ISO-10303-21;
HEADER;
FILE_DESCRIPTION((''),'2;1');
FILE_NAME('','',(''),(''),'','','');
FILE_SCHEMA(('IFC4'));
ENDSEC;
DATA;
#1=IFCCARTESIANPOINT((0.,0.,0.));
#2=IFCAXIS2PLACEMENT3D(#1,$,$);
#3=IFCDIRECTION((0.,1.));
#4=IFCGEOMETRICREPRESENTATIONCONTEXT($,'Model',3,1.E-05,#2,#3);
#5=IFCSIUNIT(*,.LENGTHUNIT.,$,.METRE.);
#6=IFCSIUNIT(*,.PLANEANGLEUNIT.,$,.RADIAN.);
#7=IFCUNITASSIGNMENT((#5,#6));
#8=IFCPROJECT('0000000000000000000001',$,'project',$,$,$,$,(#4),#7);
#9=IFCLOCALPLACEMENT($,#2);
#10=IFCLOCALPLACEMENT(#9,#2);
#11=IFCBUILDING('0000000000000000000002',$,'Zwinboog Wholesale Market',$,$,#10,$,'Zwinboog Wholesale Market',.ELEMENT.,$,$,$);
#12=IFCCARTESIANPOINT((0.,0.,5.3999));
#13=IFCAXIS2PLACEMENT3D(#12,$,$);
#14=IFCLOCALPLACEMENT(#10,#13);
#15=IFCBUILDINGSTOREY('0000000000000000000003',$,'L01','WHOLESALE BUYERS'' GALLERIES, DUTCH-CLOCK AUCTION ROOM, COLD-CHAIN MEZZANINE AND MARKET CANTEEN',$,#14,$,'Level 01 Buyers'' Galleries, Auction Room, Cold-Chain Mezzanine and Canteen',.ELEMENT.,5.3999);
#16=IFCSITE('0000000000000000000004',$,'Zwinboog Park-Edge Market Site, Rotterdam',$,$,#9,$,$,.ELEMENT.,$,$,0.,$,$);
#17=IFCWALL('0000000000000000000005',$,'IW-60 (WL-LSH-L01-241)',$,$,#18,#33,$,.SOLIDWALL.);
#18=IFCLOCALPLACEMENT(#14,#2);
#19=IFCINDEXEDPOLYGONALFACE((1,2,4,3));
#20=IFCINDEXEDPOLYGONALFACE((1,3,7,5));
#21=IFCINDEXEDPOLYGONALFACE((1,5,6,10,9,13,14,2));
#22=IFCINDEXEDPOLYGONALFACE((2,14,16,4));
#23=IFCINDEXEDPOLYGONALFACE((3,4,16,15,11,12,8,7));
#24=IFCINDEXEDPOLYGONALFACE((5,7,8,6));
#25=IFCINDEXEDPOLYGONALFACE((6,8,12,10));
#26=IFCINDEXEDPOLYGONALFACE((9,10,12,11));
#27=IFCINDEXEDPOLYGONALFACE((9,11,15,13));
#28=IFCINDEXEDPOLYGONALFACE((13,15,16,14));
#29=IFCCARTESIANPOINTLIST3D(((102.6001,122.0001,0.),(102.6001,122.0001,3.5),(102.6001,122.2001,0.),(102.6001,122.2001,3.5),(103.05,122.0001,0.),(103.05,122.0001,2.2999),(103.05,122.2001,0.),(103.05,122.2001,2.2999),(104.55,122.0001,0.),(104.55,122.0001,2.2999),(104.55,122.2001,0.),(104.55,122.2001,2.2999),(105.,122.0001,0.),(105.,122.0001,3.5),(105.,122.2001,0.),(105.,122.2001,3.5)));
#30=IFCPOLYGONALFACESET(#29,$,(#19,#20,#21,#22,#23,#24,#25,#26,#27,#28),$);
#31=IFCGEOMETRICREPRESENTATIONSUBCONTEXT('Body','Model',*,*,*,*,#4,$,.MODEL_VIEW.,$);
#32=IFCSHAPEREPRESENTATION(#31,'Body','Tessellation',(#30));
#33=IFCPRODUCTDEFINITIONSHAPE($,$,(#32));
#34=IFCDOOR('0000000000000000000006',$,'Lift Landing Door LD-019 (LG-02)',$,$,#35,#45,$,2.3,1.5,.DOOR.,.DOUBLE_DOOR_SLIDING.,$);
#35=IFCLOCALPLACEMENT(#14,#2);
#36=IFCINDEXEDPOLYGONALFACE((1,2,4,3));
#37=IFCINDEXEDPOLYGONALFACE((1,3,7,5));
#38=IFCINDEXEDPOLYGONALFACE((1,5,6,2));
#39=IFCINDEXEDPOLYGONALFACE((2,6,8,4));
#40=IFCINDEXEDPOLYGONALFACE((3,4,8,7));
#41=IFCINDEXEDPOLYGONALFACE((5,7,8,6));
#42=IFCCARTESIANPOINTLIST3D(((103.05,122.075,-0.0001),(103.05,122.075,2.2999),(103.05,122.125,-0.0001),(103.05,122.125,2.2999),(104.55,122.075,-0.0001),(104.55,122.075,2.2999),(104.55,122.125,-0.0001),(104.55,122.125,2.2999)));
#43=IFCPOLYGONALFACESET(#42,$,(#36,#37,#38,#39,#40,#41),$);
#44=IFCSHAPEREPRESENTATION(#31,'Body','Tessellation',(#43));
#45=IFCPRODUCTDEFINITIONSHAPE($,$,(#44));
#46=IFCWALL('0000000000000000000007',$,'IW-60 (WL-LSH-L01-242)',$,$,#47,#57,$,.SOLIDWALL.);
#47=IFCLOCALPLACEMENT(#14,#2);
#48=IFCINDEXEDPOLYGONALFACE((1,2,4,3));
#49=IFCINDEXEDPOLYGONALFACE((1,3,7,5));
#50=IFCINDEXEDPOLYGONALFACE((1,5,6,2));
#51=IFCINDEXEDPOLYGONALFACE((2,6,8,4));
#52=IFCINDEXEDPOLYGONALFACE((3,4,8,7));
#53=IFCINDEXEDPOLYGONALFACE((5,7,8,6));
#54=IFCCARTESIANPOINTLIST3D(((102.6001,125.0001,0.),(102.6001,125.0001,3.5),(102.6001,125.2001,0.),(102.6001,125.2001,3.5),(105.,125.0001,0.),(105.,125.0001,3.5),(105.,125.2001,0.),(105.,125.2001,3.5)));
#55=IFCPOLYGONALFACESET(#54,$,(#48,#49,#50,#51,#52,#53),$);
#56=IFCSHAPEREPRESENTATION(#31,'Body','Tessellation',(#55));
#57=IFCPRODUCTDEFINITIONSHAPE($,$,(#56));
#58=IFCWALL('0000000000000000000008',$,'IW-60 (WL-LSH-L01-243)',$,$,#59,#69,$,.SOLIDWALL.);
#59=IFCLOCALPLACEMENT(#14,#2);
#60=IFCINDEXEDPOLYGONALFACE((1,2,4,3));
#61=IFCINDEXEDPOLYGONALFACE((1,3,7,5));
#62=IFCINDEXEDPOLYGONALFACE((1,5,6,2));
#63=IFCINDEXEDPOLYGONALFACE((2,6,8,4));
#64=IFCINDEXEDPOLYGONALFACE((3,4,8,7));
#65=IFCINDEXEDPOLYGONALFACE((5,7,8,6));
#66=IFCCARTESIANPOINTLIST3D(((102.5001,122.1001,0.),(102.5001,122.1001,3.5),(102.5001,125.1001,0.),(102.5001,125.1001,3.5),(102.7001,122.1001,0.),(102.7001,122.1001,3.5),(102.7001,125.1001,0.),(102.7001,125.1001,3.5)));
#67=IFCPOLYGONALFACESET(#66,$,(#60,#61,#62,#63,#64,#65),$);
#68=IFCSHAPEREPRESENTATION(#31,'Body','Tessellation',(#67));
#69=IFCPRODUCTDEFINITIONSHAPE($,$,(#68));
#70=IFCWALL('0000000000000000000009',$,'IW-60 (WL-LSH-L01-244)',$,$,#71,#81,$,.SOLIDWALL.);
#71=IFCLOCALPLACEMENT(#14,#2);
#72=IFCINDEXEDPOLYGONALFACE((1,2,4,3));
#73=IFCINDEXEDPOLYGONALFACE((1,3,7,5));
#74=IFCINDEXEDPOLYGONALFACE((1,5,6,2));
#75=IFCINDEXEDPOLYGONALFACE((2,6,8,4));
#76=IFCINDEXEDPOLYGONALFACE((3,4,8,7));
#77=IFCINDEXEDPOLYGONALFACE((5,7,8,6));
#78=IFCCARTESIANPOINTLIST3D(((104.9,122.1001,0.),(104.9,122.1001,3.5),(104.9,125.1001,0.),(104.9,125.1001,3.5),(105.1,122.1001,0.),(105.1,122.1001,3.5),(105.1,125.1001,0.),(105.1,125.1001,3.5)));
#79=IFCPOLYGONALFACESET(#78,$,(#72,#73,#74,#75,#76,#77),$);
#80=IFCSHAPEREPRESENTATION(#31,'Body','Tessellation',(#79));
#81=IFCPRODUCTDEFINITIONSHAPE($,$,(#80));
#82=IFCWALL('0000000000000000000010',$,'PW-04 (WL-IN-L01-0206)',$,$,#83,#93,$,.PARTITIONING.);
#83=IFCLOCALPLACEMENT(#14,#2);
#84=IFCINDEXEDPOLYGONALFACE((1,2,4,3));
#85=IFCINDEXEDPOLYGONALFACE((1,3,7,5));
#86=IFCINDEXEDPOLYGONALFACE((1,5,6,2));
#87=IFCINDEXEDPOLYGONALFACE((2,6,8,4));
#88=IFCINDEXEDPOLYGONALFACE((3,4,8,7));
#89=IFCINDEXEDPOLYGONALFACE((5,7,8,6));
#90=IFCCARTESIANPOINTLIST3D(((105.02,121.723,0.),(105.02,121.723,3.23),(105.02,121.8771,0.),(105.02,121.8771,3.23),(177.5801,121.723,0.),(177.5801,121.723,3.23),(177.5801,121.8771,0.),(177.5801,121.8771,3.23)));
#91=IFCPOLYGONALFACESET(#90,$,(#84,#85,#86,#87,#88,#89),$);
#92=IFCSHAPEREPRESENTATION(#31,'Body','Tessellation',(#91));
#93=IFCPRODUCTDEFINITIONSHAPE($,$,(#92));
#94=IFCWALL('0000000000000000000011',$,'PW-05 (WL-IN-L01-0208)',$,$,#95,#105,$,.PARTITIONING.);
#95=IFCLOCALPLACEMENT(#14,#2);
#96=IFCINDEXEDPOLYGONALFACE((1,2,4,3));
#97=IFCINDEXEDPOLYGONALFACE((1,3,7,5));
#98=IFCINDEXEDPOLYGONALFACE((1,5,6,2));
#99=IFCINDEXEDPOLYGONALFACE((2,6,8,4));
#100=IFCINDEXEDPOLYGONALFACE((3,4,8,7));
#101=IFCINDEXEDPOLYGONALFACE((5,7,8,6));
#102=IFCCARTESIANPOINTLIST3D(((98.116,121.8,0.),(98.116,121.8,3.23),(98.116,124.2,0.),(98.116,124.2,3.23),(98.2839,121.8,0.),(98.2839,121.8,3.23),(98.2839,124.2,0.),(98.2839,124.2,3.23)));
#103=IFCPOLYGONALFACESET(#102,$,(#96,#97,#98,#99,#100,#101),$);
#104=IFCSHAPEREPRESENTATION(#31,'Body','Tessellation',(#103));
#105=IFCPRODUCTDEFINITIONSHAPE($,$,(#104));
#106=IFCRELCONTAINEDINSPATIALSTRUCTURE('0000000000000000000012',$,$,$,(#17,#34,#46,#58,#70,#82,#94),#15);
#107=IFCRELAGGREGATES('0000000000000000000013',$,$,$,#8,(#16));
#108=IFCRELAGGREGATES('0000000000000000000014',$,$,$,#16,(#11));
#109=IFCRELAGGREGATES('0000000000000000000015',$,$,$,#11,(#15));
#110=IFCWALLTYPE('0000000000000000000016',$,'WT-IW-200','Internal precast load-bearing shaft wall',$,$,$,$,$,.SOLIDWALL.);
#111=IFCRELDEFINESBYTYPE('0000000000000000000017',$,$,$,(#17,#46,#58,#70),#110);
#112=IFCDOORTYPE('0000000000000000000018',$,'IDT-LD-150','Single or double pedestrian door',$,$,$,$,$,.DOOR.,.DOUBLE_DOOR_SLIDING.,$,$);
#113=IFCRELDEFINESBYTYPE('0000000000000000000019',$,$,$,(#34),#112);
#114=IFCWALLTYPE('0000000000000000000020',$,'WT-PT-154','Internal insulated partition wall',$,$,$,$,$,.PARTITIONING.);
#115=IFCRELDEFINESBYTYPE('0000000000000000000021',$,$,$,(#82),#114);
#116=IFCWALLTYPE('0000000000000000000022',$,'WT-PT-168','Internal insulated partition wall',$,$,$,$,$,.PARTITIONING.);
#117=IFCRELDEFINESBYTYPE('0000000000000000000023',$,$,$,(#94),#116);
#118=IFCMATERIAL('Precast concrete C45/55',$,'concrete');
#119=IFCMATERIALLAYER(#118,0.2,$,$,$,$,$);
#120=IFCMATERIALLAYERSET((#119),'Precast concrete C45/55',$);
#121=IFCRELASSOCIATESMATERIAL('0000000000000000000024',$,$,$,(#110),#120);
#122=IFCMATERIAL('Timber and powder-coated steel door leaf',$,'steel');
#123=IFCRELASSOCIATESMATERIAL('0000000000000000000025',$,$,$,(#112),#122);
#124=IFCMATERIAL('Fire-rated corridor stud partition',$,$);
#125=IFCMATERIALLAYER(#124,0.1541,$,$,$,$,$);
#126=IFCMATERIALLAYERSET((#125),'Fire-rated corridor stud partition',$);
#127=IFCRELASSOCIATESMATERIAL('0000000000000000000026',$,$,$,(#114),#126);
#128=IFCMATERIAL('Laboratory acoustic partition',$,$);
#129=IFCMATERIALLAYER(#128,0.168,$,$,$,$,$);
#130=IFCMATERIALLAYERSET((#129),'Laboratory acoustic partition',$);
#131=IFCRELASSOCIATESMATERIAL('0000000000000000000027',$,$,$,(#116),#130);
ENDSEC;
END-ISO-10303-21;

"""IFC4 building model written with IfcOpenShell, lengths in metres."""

from ifc_helpers import new_model, si_unit, direction, frame, frame_2d, origin, place, context, subcontext, project, spatial, rectangle, extrude, material, layer, layer_set, type_object, element, fill, save


model = new_model("IFC4")

# Units and contexts
model_context = context("Model", 3, precision=1e-05, world=origin(), true_north=direction((0.0, 1.0)))
body_context = subcontext(model_context, "Body", "Model", "MODEL_VIEW")
ifc_project = project(units=[si_unit("LENGTHUNIT", "METRE"), si_unit("PLANEANGLEUNIT", "RADIAN")], contexts=[model_context])

# Site, building, storey
site_placement = place(None, origin())
site = spatial("IfcSite", under=ifc_project, at=site_placement, Name="Zwinboog Park-Edge Market Site, Rotterdam", CompositionType="ELEMENT", RefElevation=0.0)
building_placement = place(site_placement, origin())
building = spatial("IfcBuilding", under=site, at=building_placement, Name="Zwinboog Wholesale Market", LongName="Zwinboog Wholesale Market", CompositionType="ELEMENT")
storey_placement = place(building_placement, frame((0.0, 0.0, 5.3999)))
storey = spatial("IfcBuildingStorey", under=building, at=storey_placement, Name="L01", Description="WHOLESALE BUYERS' GALLERIES, DUTCH-CLOCK AUCTION ROOM, COLD-CHAIN MEZZANINE AND MARKET CANTEEN", LongName="Level 01 Buyers' Galleries, Auction Room, Cold-Chain Mezzanine and Canteen", CompositionType="ELEMENT", Elevation=5.3999)

# Shared definitions
ifc_material_1 = material(Name="Precast concrete C45/55", Category="concrete")

# Wall, opening, door
ifc_layer_1 = layer(ifc_material_1, 0.2)
ifc_layer_set_1 = layer_set([ifc_layer_1], Name="Precast concrete C45/55")
wall_type_1 = type_object("IfcWallType", Name="WT-IW-200", Description="Internal precast load-bearing shaft wall", PredefinedType="SOLIDWALL", material=ifc_layer_set_1)
wall_1_placement = place(storey_placement, frame((102.6001, 122.1001, 0.0), z_axis=(0.0, 0.0, 1.0), x_axis=(1.0, 0.0, 0.0)))
wall_1 = element("IfcWall", 1, at=wall_1_placement, inside=storey, type_object=wall_type_1, Name="IW-60 (WL-LSH-L01-241)", PredefinedType="SOLIDWALL", context=body_context, shape_type="SweptSolid", body=[
    extrude(rectangle(XDim=2.3999, YDim=0.2, at=frame_2d((1.2, 0.0))), origin(), (0.0, 0.0, 1.0), 3.5),
])
opening_1_placement = place(wall_1_placement, frame((0.45, 0.0, 0.0)))
opening_1 = element("IfcOpeningElement", 2, at=opening_1_placement, cuts=wall_1, PredefinedType="OPENING", context=body_context, shape_type="SweptSolid", body=[
    extrude(rectangle(XDim=1.5, YDim=2.3, at=frame_2d((0.75, 1.1499))), frame((0.0, 0.1099, 0.0), z_axis=(0.0, -1.0, 0.0), x_axis=(1.0, 0.0, 0.0)), (0.0, 0.0, 1.0), 0.22),
])
ifc_material_2 = material(Name="Timber and powder-coated steel door leaf", Category="steel")
door_type = type_object("IfcDoorType", Name="IDT-LD-150", Description="Single or double pedestrian door", OperationType="DOUBLE_DOOR_SLIDING", PredefinedType="DOOR", material=ifc_material_2)
door_placement = place(opening_1_placement, origin())
door = element("IfcDoor", 3, at=door_placement, inside=storey, type_object=door_type, Name="Lift Landing Door LD-019 (LG-02)", OperationType="DOUBLE_DOOR_SLIDING", OverallHeight=2.3, OverallWidth=1.5, PredefinedType="DOOR", context=body_context, shape_type="SweptSolid", body=[
    extrude(rectangle(XDim=1.5, YDim=2.3, at=frame_2d((0.75, 1.1499))), frame((0.0, 0.0249, 0.0), z_axis=(0.0, -1.0, 0.0), x_axis=(1.0, 0.0, 0.0)), (0.0, 0.0, 1.0), 0.05),
])
fill(opening_1, door)

# Walls
wall_2_placement = place(storey_placement, frame((102.6001, 125.1001, 0.0), z_axis=(0.0, 0.0, 1.0), x_axis=(1.0, 0.0, 0.0)))
element("IfcWall", 4, at=wall_2_placement, inside=storey, type_object=wall_type_1, Name="IW-60 (WL-LSH-L01-242)", PredefinedType="SOLIDWALL", context=body_context, shape_type="SweptSolid", body=[
    extrude(rectangle(XDim=2.3999, YDim=0.2, at=frame_2d((1.2, 0.0))), origin(), (0.0, 0.0, 1.0), 3.5),
])
for number, where, z_axis, x_axis, name in (
    (5, (102.6001, 122.1001, 0.0), (0.0, 0.0, 1.0), (0.0, 1.0, 0.0), "IW-60 (WL-LSH-L01-243)"),
    (6, (105.0, 122.1001, 0.0), (0.0, 0.0, 1.0), (0.0, 1.0, 0.0), "IW-60 (WL-LSH-L01-244)"),
):
    element("IfcWall", number, at=place(storey_placement, frame(where, z_axis=z_axis, x_axis=x_axis)), inside=storey, type_object=wall_type_1, Name=name, PredefinedType="SOLIDWALL", context=body_context, shape_type="SweptSolid", body=[
        extrude(rectangle(XDim=3.0, YDim=0.2, at=frame_2d((1.5, 0.0))), origin(), (0.0, 0.0, 1.0), 3.5),
    ])
ifc_material_3 = material(Name="Fire-rated corridor stud partition")
ifc_layer_2 = layer(ifc_material_3, 0.1541)
ifc_layer_set_2 = layer_set([ifc_layer_2], Name="Fire-rated corridor stud partition")
wall_type_2 = type_object("IfcWallType", Name="WT-PT-154", Description="Internal insulated partition wall", PredefinedType="PARTITIONING", material=ifc_layer_set_2)
wall_3_placement = place(storey_placement, frame((105.02, 121.8, 0.0), z_axis=(0.0, 0.0, 1.0), x_axis=(1.0, 0.0, 0.0)))
element("IfcWall", 7, at=wall_3_placement, inside=storey, type_object=wall_type_2, Name="PW-04 (WL-IN-L01-0206)", PredefinedType="PARTITIONING", context=body_context, shape_type="SweptSolid", body=[
    extrude(rectangle(XDim=72.5601, YDim=0.1541, at=frame_2d((36.28, 0.0))), origin(), (0.0, 0.0, 1.0), 3.23),
])
ifc_material_4 = material(Name="Laboratory acoustic partition")
ifc_layer_3 = layer(ifc_material_4, 0.168)
ifc_layer_set_3 = layer_set([ifc_layer_3], Name="Laboratory acoustic partition")
wall_type_3 = type_object("IfcWallType", Name="WT-PT-168", Description="Internal insulated partition wall", PredefinedType="PARTITIONING", material=ifc_layer_set_3)
wall_4_placement = place(storey_placement, frame((98.2, 121.8, 0.0), z_axis=(0.0, 0.0, 1.0), x_axis=(0.0, 1.0, 0.0)))
element("IfcWall", 8, at=wall_4_placement, inside=storey, type_object=wall_type_3, Name="PW-05 (WL-IN-L01-0208)", PredefinedType="PARTITIONING", context=body_context, shape_type="SweptSolid", body=[
    extrude(rectangle(XDim=2.3999, YDim=0.168, at=frame_2d((1.2, 0.0))), origin(), (0.0, 0.0, 1.0), 3.23),
])

save(model, "model.ifc")
